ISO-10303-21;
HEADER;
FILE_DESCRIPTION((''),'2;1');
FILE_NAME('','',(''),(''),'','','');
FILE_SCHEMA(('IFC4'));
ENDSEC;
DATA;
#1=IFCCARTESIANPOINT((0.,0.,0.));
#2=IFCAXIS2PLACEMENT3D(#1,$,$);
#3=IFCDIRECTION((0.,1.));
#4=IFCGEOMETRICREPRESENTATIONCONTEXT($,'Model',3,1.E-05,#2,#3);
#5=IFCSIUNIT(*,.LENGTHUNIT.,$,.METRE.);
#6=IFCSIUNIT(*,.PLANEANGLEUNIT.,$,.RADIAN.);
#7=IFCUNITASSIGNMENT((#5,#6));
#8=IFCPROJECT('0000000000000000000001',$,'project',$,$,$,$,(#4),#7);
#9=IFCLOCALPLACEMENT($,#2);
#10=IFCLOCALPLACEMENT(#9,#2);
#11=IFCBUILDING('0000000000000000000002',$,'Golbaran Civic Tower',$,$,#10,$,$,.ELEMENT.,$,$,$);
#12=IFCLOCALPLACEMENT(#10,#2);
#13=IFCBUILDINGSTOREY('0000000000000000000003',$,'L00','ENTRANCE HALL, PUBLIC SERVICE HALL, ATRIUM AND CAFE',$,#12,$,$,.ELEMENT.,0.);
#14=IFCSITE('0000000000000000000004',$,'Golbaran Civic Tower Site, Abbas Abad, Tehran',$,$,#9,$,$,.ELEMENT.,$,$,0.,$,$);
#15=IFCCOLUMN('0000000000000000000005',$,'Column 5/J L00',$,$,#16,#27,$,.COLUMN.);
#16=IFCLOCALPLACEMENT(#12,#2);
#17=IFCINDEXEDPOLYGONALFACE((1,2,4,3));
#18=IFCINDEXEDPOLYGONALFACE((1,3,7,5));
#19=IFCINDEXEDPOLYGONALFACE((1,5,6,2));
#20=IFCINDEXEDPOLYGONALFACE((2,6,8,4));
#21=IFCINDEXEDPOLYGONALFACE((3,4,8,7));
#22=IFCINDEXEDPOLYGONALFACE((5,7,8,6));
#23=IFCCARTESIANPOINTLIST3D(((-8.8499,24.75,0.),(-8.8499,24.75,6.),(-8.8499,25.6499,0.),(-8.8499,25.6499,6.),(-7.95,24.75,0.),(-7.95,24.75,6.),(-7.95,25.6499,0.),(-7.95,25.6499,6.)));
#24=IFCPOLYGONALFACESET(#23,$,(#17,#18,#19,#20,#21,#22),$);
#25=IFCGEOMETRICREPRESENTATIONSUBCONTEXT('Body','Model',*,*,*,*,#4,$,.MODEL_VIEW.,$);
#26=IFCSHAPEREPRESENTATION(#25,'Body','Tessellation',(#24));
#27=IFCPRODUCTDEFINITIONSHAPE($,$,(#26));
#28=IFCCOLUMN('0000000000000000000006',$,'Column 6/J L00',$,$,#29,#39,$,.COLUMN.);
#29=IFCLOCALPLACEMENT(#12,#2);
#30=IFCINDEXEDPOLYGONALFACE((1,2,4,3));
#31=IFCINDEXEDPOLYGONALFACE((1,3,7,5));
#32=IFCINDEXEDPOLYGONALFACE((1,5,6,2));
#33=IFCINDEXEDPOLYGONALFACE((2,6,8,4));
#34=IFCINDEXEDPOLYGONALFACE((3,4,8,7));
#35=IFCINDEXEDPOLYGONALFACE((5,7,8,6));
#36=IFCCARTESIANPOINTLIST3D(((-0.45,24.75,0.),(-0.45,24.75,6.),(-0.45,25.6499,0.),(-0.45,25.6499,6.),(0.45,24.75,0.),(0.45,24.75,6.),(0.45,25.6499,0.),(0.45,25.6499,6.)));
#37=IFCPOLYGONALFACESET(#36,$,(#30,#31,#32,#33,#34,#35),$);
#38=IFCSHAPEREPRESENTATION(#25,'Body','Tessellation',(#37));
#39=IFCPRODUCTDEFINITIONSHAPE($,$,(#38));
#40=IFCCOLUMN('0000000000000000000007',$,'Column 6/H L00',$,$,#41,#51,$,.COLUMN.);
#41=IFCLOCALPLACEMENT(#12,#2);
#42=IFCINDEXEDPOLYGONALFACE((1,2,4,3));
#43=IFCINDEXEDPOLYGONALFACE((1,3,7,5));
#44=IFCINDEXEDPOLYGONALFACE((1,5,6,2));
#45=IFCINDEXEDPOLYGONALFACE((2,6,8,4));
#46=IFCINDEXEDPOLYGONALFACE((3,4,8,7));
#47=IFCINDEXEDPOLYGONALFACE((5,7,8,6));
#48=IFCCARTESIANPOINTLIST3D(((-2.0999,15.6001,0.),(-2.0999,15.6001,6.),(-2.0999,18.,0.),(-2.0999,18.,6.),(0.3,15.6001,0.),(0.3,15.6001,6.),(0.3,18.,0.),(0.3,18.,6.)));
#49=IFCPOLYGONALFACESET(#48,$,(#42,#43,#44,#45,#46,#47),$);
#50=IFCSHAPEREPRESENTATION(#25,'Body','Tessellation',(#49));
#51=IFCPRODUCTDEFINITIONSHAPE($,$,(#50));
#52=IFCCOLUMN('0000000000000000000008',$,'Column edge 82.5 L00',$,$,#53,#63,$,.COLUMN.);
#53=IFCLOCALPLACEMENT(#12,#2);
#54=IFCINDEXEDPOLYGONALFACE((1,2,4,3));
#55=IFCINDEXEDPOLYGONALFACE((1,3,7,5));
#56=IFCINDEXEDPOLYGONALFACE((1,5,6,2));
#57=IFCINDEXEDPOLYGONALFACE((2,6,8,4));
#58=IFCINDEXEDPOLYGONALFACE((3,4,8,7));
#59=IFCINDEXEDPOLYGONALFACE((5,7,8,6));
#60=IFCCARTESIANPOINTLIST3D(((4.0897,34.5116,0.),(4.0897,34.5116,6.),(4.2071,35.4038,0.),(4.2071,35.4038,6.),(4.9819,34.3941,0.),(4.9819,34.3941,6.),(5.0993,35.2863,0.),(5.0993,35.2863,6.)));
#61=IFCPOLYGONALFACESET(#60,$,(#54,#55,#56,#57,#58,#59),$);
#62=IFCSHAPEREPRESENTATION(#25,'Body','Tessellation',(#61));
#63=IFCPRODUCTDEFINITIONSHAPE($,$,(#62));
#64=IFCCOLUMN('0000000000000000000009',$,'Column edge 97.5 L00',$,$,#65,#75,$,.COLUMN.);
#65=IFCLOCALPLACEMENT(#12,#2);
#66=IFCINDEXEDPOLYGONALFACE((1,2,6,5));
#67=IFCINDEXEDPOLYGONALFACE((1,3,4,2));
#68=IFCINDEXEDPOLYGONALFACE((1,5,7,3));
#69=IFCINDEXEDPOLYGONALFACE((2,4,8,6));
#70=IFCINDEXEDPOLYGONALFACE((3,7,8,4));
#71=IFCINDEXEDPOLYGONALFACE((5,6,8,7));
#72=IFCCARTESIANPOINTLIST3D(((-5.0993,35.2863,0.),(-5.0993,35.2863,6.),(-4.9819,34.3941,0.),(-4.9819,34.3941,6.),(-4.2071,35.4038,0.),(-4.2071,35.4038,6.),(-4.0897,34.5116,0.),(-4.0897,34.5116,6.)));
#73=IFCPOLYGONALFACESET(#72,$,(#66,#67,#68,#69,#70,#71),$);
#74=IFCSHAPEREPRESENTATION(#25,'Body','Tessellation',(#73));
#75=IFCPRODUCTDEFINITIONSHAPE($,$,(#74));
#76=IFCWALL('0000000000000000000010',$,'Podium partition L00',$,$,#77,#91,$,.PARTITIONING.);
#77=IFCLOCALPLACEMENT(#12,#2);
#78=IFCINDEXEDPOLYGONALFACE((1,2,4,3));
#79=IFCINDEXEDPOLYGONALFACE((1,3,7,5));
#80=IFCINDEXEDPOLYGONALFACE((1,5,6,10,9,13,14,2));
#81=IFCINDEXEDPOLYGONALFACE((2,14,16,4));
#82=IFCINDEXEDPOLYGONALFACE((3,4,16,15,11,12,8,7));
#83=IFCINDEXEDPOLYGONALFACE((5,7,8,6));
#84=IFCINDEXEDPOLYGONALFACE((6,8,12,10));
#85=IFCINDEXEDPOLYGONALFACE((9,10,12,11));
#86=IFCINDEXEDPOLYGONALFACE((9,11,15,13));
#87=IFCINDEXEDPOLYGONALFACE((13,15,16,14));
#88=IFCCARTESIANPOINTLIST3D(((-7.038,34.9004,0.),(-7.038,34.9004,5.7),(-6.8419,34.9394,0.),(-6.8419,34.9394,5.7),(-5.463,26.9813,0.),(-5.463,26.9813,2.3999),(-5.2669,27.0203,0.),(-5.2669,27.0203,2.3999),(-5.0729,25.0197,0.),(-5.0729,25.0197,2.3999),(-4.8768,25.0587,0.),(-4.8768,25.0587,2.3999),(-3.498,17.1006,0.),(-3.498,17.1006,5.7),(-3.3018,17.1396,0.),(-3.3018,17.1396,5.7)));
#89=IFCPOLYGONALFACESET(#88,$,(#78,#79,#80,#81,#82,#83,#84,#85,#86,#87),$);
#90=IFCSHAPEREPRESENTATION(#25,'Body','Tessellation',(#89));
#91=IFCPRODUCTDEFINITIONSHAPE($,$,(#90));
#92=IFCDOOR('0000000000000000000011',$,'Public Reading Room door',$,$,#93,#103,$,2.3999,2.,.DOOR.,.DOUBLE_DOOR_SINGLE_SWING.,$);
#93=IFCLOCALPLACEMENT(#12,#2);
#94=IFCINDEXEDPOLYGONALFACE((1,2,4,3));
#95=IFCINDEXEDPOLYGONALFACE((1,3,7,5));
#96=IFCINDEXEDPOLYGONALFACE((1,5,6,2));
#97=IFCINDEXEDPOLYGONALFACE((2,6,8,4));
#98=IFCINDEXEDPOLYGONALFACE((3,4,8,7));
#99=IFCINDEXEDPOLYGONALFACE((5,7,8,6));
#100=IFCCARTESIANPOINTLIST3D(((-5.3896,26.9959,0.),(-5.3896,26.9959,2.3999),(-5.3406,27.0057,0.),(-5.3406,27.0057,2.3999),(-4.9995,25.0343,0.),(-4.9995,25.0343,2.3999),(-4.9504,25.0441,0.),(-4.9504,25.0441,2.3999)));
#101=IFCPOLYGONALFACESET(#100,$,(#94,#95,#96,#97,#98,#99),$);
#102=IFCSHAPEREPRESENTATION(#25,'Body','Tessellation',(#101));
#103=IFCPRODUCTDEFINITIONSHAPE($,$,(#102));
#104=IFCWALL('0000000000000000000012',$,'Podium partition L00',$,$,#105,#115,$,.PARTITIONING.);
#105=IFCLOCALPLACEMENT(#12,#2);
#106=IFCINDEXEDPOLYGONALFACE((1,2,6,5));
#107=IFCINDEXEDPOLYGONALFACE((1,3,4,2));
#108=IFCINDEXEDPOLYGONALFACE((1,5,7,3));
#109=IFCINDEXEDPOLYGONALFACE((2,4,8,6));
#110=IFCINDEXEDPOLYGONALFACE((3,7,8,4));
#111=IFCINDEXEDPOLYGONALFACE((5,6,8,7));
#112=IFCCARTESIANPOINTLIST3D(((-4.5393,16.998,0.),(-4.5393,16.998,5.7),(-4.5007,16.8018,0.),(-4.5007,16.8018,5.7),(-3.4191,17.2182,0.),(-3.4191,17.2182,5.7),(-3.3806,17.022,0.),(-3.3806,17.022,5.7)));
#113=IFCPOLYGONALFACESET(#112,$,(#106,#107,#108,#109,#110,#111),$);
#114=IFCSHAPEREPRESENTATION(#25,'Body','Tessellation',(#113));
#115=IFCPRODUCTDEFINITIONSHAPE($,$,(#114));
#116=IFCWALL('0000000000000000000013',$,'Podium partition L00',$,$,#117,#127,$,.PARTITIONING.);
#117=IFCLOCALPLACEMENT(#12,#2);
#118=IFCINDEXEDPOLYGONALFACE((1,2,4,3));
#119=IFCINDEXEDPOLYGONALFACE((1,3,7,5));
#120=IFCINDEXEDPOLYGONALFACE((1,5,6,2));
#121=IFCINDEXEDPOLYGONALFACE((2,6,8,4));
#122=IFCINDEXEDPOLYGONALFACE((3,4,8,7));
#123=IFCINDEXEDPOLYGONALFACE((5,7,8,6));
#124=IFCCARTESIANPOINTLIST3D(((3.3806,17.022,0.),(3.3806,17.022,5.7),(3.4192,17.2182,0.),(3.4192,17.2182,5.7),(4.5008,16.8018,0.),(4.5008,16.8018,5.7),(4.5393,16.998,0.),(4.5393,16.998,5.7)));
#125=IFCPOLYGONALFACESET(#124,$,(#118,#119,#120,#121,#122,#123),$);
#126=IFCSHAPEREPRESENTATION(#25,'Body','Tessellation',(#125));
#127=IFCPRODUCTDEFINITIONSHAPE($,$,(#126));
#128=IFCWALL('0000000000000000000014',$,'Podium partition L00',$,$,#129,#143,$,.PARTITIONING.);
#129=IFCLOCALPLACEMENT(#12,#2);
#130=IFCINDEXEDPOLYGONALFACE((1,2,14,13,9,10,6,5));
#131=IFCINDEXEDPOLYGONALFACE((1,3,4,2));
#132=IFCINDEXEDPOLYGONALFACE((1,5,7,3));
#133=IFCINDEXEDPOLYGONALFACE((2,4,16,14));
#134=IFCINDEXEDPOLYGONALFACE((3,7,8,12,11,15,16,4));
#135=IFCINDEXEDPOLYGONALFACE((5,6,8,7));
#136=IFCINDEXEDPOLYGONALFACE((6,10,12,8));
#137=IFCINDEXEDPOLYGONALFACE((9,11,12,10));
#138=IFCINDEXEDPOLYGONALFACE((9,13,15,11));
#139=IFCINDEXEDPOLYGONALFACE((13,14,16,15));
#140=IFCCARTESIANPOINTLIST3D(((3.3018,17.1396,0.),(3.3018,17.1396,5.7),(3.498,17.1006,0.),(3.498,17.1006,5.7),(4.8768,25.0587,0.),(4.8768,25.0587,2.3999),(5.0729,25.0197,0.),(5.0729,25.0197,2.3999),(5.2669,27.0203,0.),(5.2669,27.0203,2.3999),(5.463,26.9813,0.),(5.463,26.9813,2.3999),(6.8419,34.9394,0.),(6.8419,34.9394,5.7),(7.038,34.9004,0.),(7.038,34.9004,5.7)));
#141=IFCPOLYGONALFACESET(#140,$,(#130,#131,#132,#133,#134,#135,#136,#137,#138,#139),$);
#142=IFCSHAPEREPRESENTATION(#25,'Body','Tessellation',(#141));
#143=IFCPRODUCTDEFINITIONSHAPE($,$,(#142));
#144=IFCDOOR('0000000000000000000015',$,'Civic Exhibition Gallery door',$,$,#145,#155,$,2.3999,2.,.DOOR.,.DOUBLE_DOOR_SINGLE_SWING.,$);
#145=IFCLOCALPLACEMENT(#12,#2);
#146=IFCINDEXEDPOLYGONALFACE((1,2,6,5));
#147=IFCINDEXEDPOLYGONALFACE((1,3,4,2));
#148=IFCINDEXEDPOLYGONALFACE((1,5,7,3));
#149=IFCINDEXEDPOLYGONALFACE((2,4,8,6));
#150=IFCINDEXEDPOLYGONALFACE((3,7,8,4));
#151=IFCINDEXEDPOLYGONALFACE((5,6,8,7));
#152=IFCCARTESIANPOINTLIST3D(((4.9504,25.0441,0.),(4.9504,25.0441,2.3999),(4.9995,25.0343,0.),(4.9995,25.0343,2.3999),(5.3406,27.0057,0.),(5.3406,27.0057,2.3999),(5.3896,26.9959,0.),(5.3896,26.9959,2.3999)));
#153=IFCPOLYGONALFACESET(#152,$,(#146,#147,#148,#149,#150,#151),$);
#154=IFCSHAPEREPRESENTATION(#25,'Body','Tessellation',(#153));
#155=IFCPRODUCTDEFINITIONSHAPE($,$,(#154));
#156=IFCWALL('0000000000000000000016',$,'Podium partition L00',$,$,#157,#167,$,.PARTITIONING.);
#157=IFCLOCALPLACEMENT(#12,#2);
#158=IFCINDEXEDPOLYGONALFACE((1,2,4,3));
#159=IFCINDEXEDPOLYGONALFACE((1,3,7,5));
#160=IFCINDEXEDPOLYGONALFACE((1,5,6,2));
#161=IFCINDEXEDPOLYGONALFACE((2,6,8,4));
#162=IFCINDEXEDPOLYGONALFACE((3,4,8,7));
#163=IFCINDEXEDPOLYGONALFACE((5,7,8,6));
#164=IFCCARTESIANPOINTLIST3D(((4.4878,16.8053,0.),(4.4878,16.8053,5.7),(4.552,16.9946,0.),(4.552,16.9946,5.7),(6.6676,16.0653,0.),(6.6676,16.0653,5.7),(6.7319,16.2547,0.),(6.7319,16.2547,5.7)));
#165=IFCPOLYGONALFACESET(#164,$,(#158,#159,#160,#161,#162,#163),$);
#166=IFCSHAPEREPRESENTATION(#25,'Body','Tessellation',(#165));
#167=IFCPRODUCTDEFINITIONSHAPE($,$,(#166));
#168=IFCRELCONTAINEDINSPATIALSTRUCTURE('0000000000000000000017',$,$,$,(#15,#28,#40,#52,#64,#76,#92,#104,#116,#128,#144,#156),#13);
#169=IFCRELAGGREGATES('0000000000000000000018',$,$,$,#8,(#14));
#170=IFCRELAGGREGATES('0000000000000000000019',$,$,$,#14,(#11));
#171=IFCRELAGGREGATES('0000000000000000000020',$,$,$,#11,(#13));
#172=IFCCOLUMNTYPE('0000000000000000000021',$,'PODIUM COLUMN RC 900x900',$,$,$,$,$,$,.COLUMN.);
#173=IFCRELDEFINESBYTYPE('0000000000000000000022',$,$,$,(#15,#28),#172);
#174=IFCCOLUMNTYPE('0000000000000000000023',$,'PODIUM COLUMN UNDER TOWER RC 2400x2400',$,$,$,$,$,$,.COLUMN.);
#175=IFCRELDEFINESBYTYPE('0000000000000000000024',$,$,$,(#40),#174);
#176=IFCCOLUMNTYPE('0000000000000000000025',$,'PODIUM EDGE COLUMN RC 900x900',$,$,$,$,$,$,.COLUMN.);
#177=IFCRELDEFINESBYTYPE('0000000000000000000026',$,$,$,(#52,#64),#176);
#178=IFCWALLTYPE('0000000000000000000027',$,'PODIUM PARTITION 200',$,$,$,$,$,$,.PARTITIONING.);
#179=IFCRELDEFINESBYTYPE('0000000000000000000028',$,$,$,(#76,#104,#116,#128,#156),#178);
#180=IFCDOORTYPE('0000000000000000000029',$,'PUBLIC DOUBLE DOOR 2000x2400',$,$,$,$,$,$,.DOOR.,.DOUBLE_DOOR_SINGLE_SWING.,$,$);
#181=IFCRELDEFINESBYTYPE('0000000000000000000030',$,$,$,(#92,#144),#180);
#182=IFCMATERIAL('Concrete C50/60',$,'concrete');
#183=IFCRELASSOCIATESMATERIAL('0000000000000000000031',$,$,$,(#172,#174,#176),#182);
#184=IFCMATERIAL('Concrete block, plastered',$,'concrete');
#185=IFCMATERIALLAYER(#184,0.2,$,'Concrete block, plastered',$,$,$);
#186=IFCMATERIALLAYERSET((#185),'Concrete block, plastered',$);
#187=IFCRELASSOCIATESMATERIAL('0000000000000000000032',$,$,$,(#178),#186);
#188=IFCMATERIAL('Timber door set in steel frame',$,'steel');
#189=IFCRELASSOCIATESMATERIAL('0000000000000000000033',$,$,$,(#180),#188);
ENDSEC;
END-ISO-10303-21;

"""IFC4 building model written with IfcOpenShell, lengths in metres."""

from ifc_helpers import new_model, si_unit, direction, frame, frame_2d, origin, origin_2d, place, context, subcontext, project, spatial, rectangle, extrude, material, layer, layer_set, material_profile, profile_set, type_object, element, fill, save


model = new_model("IFC4")

# Units and contexts
model_context = context("Model", 3, precision=1e-05, world=origin(), true_north=direction((0.0, 1.0)))
body_context = subcontext(model_context, "Body", "Model", "MODEL_VIEW")
ifc_project = project(units=[si_unit("LENGTHUNIT", "METRE"), si_unit("PLANEANGLEUNIT", "RADIAN")], contexts=[model_context])

# Site, building, storey
site_placement = place(None, origin())
site = spatial("IfcSite", under=ifc_project, at=site_placement, Name="Golbaran Civic Tower Site, Abbas Abad, Tehran", CompositionType="ELEMENT", RefElevation=0.0)
building_placement = place(site_placement, origin())
building = spatial("IfcBuilding", under=site, at=building_placement, Name="Golbaran Civic Tower", CompositionType="ELEMENT")
storey_placement = place(building_placement, origin())
storey = spatial("IfcBuildingStorey", under=building, at=storey_placement, Name="L00", Description="ENTRANCE HALL, PUBLIC SERVICE HALL, ATRIUM AND CAFE", CompositionType="ELEMENT", Elevation=0.0)

# Columns
ifc_material_1 = material(Name="Concrete C50/60", Category="concrete")
ifc_material_profile_1 = material_profile(ifc_material_1, rectangle(XDim=0.8999, YDim=0.8999, at=origin_2d()), Name="RC 900x900")
ifc_profile_set_1 = profile_set([ifc_material_profile_1], Name="Concrete C50/60")
column_type_1 = type_object("IfcColumnType", Name="PODIUM COLUMN RC 900x900", PredefinedType="COLUMN", material=ifc_profile_set_1)
for number, where, z_axis, x_axis, name in (
    (1, (-8.3999, 25.2, 0.0), (0.0, 0.0, 1.0), (1.0, 0.0, 0.0), "Column 5/J L00"),
    (2, (0.0, 25.2, 0.0), (0.0, 0.0, 1.0), (1.0, 0.0, 0.0), "Column 6/J L00"),
):
    element("IfcColumn", number, at=place(storey_placement, frame(where, z_axis=z_axis, x_axis=x_axis)), inside=storey, type_object=column_type_1, Name=name, PredefinedType="COLUMN", context=body_context, shape_type="SweptSolid", body=[
        extrude(rectangle(XDim=0.8999, YDim=0.8999, at=origin_2d()), origin(), (0.0, 0.0, 1.0), 6.0),
    ])
ifc_material_profile_2 = material_profile(ifc_material_1, rectangle(XDim=2.3999, YDim=2.3999, at=origin_2d()), Name="RC 2400x2400")
ifc_profile_set_2 = profile_set([ifc_material_profile_2], Name="Concrete C50/60")
column_type_2 = type_object("IfcColumnType", Name="PODIUM COLUMN UNDER TOWER RC 2400x2400", PredefinedType="COLUMN", material=ifc_profile_set_2)
column_placement = place(storey_placement, frame((-0.8999, 16.8, 0.0), z_axis=(0.0, 0.0, 1.0), x_axis=(1.0, 0.0, 0.0)))
element("IfcColumn", 3, at=column_placement, inside=storey, type_object=column_type_2, Name="Column 6/H L00", PredefinedType="COLUMN", context=body_context, shape_type="SweptSolid", body=[
    extrude(rectangle(XDim=2.3999, YDim=2.3999, at=origin_2d()), origin(), (0.0, 0.0, 1.0), 6.0),
])
ifc_material_profile_3 = material_profile(ifc_material_1, rectangle(XDim=0.8999, YDim=0.8999, at=origin_2d()), Name="RC 900x900")
ifc_profile_set_3 = profile_set([ifc_material_profile_3], Name="Concrete C50/60")
column_type_3 = type_object("IfcColumnType", Name="PODIUM EDGE COLUMN RC 900x900", PredefinedType="COLUMN", material=ifc_profile_set_3)
for number, where, z_axis, x_axis, name in (
    (4, (4.5945, 34.8989, 0.0), (0.0, 0.0, 1.0), (0.130526, 0.991445, 0.0), "Column edge 82.5 L00"),
    (5, (-4.5945, 34.8989, 0.0), (0.0, 0.0, 1.0), (-0.130526, 0.991445, 0.0), "Column edge 97.5 L00"),
):
    element("IfcColumn", number, at=place(storey_placement, frame(where, z_axis=z_axis, x_axis=x_axis)), inside=storey, type_object=column_type_3, Name=name, PredefinedType="COLUMN", context=body_context, shape_type="SweptSolid", body=[
        extrude(rectangle(XDim=0.8999, YDim=0.8999, at=origin_2d()), origin(), (0.0, 0.0, 1.0), 6.0),
    ])

# Wall, opening, door
ifc_material_2 = material(Name="Concrete block, plastered", Category="concrete")
ifc_layer_1 = layer(ifc_material_2, 0.2, Name="Concrete block, plastered")
ifc_layer_set_1 = layer_set([ifc_layer_1], Name="Concrete block, plastered")
wall_type_1 = type_object("IfcWallType", Name="PODIUM PARTITION 200", PredefinedType="PARTITIONING", material=ifc_layer_set_1)
wall_1_placement = place(storey_placement, frame((-6.9399, 34.9199, 0.0), z_axis=(0.0, 0.0, 1.0), x_axis=(0.195061, -0.980791, 0.0)))
wall_1 = element("IfcWall", 6, at=wall_1_placement, inside=storey, type_object=wall_type_1, Name="Podium partition L00", PredefinedType="PARTITIONING", context=body_context, shape_type="SweptSolid", body=[
    extrude(rectangle(XDim=18.1484, YDim=0.2, at=frame_2d((9.0742, 0.0))), origin(), (0.0, 0.0, 1.0), 5.7),
])
opening_1_placement = place(wall_1_placement, frame((8.0742, 0.0, 0.0)))
opening_1 = element("IfcOpeningElement", 7, at=opening_1_placement, cuts=wall_1, PredefinedType="OPENING", context=body_context, shape_type="SweptSolid", body=[
    extrude(rectangle(XDim=2.0, YDim=2.3999, at=frame_2d((1.0, 1.2))), frame((0.0, 0.1099, 0.0), z_axis=(0.0, -1.0, 0.0), x_axis=(1.0, 0.0, 0.0)), (0.0, 0.0, 1.0), 0.22),
])
ifc_material_3 = material(Name="Timber door set in steel frame", Category="steel")
door_type_1 = type_object("IfcDoorType", Name="PUBLIC DOUBLE DOOR 2000x2400", OperationType="DOUBLE_DOOR_SINGLE_SWING", PredefinedType="DOOR", material=ifc_material_3)
door_1_placement = place(opening_1_placement, origin())
door_1 = element("IfcDoor", 8, at=door_1_placement, inside=storey, type_object=door_type_1, Name="Public Reading Room door", OperationType="DOUBLE_DOOR_SINGLE_SWING", OverallHeight=2.3999, OverallWidth=2.0, PredefinedType="DOOR", context=body_context, shape_type="SweptSolid", body=[
    extrude(rectangle(XDim=2.0, YDim=2.3999, at=frame_2d((1.0, 1.2))), frame((0.0, 0.0249, 0.0), z_axis=(0.0, -1.0, 0.0), x_axis=(1.0, 0.0, 0.0)), (0.0, 0.0, 1.0), 0.05),
])
fill(opening_1, door_1)

# Walls
for number, where, z_axis, x_axis, name in (
    (9, (-4.52, 16.8999, 0.0), (0.0, 0.0, 1.0), (0.981217, 0.192907, 0.0), "Podium partition L00"),
    (10, (3.3999, 17.1201, 0.0), (0.0, 0.0, 1.0), (0.981217, -0.192907, 0.0), "Podium partition L00"),
):
    element("IfcWall", number, at=place(storey_placement, frame(where, z_axis=z_axis, x_axis=x_axis)), inside=storey, type_object=wall_type_1, Name=name, PredefinedType="PARTITIONING", context=body_context, shape_type="SweptSolid", body=[
        extrude(rectangle(XDim=1.1416, YDim=0.2, at=frame_2d((0.5708, 0.0))), origin(), (0.0, 0.0, 1.0), 5.7),
    ])

# Wall, opening, door
wall_2_placement = place(storey_placement, frame((3.3999, 17.1201, 0.0), z_axis=(0.0, 0.0, 1.0), x_axis=(0.195061, 0.980791, 0.0)))
wall_2 = element("IfcWall", 11, at=wall_2_placement, inside=storey, type_object=wall_type_1, Name="Podium partition L00", PredefinedType="PARTITIONING", context=body_context, shape_type="SweptSolid", body=[
    extrude(rectangle(XDim=18.1484, YDim=0.2, at=frame_2d((9.0742, 0.0))), origin(), (0.0, 0.0, 1.0), 5.7),
])
opening_2_placement = place(wall_2_placement, frame((8.0742, 0.0, 0.0)))
opening_2 = element("IfcOpeningElement", 12, at=opening_2_placement, cuts=wall_2, PredefinedType="OPENING", context=body_context, shape_type="SweptSolid", body=[
    extrude(rectangle(XDim=2.0, YDim=2.3999, at=frame_2d((1.0, 1.2))), frame((0.0, 0.1099, 0.0), z_axis=(0.0, -1.0, 0.0), x_axis=(1.0, 0.0, 0.0)), (0.0, 0.0, 1.0), 0.22),
])
door_2_placement = place(opening_2_placement, origin())
door_2 = element("IfcDoor", 13, at=door_2_placement, inside=storey, type_object=door_type_1, Name="Civic Exhibition Gallery door", OperationType="DOUBLE_DOOR_SINGLE_SWING", OverallHeight=2.3999, OverallWidth=2.0, PredefinedType="DOOR", context=body_context, shape_type="SweptSolid", body=[
    extrude(rectangle(XDim=2.0, YDim=2.3999, at=frame_2d((1.0, 1.2))), frame((0.0, 0.0249, 0.0), z_axis=(0.0, -1.0, 0.0), x_axis=(1.0, 0.0, 0.0)), (0.0, 0.0, 1.0), 0.05),
])
fill(opening_2, door_2)

# Wall
wall_3_placement = place(storey_placement, frame((4.52, 16.8999, 0.0), z_axis=(0.0, 0.0, 1.0), x_axis=(0.94693, -0.321441, 0.0)))
element("IfcWall", 14, at=wall_3_placement, inside=storey, type_object=wall_type_1, Name="Podium partition L00", PredefinedType="PARTITIONING", context=body_context, shape_type="SweptSolid", body=[
    extrude(rectangle(XDim=2.302, YDim=0.2, at=frame_2d((1.1509, 0.0))), origin(), (0.0, 0.0, 1.0), 5.7),
])

save(model, "model.ifc")
